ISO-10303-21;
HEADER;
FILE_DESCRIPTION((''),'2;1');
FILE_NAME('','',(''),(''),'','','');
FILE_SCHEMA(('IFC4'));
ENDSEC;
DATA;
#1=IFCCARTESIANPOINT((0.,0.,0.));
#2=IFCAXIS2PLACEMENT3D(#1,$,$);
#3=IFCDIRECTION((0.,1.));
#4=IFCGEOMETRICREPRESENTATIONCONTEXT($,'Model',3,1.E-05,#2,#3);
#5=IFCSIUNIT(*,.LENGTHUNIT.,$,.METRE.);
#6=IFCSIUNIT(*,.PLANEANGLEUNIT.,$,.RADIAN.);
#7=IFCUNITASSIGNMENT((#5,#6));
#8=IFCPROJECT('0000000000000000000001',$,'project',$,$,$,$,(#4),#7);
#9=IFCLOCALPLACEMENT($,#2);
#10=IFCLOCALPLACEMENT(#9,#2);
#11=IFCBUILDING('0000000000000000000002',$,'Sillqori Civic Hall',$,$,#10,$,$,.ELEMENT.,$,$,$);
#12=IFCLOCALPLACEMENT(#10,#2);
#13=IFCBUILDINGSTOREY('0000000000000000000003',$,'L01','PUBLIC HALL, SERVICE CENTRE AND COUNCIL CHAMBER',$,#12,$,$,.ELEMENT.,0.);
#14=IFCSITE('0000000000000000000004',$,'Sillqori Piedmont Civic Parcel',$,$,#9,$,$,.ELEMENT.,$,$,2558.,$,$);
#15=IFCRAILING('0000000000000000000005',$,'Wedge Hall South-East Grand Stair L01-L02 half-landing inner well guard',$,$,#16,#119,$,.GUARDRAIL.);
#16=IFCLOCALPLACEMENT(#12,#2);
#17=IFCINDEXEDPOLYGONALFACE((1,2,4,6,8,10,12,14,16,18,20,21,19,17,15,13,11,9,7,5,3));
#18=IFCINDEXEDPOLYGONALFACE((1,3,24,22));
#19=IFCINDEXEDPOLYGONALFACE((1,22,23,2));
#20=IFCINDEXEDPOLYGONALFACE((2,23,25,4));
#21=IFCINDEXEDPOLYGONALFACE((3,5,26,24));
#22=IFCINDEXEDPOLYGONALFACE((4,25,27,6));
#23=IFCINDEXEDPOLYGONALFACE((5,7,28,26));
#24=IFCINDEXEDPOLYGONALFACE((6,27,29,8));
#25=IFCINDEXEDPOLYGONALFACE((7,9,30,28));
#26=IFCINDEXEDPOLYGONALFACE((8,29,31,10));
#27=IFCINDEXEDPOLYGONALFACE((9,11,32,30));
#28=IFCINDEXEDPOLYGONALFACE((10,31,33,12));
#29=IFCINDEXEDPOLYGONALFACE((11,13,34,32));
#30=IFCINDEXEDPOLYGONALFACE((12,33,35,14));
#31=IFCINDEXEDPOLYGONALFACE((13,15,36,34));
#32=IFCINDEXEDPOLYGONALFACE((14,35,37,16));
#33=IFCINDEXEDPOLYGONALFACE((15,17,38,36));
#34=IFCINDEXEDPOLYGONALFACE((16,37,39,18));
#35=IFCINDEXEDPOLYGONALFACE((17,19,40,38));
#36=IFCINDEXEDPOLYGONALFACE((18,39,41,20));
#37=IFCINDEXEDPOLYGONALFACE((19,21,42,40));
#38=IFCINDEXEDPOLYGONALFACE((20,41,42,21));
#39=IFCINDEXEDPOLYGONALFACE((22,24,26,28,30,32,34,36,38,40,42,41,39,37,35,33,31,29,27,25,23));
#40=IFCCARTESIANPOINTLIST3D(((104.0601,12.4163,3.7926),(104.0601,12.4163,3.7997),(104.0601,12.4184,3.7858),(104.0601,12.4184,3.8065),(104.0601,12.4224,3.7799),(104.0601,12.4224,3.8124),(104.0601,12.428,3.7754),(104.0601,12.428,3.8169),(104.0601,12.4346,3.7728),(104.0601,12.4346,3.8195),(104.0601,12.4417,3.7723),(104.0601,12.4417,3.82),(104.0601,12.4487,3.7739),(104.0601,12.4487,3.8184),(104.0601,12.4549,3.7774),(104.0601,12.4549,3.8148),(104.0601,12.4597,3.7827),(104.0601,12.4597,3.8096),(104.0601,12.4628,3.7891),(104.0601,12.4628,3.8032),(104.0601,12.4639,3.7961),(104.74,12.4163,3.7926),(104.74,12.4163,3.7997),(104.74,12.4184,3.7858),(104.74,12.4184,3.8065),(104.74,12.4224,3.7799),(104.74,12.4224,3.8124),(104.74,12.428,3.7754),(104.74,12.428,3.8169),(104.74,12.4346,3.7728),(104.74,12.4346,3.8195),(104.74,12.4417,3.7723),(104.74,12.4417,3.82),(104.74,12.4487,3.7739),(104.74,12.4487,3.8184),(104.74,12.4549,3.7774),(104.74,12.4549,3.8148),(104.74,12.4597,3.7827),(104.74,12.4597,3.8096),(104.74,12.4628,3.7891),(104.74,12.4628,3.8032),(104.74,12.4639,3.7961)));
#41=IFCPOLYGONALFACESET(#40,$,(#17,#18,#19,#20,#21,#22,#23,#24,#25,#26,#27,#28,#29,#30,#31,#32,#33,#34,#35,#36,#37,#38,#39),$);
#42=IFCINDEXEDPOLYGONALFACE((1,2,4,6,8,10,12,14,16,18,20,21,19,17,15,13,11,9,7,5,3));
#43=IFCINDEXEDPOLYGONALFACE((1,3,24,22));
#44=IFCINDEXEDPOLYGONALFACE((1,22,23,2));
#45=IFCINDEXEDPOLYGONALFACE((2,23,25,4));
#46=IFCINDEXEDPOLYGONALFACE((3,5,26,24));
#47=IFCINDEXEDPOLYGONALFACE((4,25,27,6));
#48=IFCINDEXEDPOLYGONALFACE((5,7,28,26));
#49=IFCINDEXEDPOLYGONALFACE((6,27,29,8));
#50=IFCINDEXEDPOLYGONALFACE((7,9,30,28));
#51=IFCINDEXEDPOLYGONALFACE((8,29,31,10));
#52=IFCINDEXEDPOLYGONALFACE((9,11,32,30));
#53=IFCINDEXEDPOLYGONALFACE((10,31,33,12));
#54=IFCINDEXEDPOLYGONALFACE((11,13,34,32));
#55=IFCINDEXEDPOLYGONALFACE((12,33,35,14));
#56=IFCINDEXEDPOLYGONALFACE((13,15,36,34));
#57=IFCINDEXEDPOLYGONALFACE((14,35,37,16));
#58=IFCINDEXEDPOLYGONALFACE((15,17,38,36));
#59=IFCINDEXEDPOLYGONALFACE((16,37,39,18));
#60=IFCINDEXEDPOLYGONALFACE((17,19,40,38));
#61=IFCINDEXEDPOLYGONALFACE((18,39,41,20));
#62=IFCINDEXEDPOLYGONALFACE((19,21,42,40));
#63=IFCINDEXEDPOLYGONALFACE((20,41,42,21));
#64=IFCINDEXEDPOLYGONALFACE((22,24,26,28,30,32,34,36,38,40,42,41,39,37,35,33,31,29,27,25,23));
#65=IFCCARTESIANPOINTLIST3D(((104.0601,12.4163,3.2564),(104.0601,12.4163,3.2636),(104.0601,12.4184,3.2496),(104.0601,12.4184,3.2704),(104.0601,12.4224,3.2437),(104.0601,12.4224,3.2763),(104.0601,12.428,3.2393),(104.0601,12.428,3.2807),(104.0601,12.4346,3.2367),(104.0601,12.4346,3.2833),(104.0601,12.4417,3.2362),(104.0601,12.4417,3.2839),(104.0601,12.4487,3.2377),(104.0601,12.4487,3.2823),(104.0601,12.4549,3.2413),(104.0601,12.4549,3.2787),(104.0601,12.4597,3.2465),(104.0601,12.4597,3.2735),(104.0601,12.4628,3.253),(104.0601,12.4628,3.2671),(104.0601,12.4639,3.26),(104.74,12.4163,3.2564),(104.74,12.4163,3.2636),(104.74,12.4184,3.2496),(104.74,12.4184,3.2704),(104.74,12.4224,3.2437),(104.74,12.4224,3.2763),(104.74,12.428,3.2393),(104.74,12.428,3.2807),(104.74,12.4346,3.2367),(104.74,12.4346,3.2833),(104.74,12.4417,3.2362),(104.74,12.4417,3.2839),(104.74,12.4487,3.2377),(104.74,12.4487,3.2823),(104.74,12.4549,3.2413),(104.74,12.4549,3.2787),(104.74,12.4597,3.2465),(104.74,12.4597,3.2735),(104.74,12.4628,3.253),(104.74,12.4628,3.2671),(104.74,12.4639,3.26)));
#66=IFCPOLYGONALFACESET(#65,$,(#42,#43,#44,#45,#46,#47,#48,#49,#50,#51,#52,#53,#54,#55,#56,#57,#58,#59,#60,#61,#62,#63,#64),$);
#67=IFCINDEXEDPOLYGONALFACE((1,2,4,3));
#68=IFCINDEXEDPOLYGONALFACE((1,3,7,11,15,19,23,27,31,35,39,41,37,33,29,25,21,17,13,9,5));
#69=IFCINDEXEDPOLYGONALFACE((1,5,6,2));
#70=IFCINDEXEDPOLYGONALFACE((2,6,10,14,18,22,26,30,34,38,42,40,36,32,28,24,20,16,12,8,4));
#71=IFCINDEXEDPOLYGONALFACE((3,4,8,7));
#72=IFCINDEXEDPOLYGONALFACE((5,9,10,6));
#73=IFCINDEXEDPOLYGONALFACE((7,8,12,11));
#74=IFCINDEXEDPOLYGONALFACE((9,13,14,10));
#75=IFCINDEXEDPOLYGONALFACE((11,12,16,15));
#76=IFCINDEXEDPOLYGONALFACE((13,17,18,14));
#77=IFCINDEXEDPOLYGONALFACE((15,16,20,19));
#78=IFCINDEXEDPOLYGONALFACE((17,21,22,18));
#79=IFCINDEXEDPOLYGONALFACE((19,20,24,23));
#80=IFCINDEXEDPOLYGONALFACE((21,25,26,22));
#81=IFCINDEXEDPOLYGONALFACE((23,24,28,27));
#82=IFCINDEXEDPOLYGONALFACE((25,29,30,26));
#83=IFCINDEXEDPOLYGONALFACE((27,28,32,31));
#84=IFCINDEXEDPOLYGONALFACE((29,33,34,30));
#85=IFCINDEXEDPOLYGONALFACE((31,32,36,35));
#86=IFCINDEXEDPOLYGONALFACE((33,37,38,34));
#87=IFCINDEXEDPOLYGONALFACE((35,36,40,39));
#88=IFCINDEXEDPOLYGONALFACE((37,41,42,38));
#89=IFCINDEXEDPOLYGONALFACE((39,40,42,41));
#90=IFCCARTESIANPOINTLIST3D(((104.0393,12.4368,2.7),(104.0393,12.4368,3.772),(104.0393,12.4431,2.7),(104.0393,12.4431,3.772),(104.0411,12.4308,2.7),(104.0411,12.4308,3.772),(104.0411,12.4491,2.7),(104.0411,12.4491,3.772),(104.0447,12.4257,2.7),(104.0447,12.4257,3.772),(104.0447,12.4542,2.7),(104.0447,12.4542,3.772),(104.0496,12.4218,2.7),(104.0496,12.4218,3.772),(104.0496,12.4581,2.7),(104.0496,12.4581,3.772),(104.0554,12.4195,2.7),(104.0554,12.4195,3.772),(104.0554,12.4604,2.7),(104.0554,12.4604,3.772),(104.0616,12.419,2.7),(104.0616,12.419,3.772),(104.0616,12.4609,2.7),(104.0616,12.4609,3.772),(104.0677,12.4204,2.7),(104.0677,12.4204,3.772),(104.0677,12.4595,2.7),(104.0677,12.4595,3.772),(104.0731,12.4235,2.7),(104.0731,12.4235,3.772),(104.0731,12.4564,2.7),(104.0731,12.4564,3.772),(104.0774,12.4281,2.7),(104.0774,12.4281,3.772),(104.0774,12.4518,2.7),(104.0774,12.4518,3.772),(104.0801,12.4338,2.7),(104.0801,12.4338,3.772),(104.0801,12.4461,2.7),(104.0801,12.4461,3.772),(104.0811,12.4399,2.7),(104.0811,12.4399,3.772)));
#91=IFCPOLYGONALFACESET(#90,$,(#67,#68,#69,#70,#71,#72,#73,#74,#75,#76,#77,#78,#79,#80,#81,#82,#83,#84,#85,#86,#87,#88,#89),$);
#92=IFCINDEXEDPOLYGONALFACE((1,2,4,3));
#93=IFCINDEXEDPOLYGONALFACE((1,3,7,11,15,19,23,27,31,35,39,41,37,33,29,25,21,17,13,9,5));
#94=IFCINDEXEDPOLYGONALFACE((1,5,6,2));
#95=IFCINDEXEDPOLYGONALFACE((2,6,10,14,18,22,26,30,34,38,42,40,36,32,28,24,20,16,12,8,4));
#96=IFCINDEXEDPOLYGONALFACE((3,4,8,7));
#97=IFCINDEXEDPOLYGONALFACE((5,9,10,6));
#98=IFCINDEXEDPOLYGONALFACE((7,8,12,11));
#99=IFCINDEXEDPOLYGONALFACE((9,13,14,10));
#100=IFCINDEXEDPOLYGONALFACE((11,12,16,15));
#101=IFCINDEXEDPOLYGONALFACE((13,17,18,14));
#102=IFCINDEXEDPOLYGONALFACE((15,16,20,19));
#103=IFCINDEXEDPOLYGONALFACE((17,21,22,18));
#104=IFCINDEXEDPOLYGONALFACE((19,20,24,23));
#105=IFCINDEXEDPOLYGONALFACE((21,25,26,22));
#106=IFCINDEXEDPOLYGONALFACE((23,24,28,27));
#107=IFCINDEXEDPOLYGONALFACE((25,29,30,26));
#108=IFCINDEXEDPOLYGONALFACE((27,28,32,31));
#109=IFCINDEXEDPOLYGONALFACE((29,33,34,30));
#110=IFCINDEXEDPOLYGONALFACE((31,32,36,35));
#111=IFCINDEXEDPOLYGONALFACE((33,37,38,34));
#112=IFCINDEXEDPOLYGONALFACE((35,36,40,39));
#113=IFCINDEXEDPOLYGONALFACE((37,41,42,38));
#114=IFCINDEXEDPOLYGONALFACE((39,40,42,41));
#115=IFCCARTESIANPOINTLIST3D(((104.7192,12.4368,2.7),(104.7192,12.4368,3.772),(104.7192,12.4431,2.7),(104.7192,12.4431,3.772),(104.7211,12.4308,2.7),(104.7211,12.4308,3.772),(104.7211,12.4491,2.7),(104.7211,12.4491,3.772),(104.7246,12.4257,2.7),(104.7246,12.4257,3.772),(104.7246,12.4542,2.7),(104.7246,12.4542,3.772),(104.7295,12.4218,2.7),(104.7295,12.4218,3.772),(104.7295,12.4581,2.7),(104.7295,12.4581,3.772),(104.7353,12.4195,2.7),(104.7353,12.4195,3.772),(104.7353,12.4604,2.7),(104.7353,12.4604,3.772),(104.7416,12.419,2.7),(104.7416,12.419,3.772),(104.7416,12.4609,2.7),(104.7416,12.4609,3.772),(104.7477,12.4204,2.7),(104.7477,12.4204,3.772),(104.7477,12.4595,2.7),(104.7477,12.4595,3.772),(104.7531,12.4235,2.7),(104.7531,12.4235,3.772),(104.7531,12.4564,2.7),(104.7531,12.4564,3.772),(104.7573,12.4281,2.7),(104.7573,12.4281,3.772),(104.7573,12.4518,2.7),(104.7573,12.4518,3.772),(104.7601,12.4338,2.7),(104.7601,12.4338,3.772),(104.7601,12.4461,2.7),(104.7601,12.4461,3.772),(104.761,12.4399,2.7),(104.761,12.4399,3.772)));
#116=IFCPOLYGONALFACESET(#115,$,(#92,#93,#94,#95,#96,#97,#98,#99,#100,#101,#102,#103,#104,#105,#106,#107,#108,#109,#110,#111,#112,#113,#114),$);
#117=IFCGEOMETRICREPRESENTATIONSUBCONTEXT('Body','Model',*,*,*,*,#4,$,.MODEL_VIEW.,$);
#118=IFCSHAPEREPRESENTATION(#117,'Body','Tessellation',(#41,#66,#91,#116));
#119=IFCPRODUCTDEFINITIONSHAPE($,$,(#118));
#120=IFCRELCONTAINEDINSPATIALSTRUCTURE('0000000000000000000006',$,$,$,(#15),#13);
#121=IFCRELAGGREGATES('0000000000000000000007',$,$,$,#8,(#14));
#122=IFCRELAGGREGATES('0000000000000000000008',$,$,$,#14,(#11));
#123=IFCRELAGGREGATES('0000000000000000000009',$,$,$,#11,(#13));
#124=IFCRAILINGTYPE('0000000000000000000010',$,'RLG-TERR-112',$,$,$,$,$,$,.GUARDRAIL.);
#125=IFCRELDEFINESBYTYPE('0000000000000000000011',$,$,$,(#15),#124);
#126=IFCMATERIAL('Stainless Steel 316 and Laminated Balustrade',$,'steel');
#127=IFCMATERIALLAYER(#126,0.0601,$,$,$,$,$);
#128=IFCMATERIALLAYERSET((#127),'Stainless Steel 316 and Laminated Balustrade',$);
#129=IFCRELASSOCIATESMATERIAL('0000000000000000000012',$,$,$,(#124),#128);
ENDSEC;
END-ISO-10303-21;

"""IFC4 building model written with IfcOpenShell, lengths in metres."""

from ifc_helpers import new_model, si_unit, direction, frame, origin, origin_2d, place, context, subcontext, project, spatial, circle, extrude, material, layer, layer_set, type_object, element, save


model = new_model("IFC4")

# Units and contexts
model_context = context("Model", 3, precision=1e-05, world=origin(), true_north=direction((0.0, 1.0)))
body_context = subcontext(model_context, "Body", "Model", "MODEL_VIEW")
ifc_project = project(units=[si_unit("LENGTHUNIT", "METRE"), si_unit("PLANEANGLEUNIT", "RADIAN")], contexts=[model_context])

# Site, building, storey
site_placement = place(None, origin())
site = spatial("IfcSite", under=ifc_project, at=site_placement, Name="Sillqori Piedmont Civic Parcel", CompositionType="ELEMENT", RefElevation=2558.0)
building_placement = place(site_placement, origin())
building = spatial("IfcBuilding", under=site, at=building_placement, Name="Sillqori Civic Hall", CompositionType="ELEMENT")
storey_placement = place(building_placement, origin())
storey = spatial("IfcBuildingStorey", under=building, at=storey_placement, Name="L01", Description="PUBLIC HALL, SERVICE CENTRE AND COUNCIL CHAMBER", CompositionType="ELEMENT", Elevation=0.0)

# Railing
ifc_material_1 = material(Name="Stainless Steel 316 and Laminated Balustrade", Category="steel")
ifc_layer_1 = layer(ifc_material_1, 0.0601)
ifc_layer_set_1 = layer_set([ifc_layer_1], Name="Stainless Steel 316 and Laminated Balustrade")
railing_type_1 = type_object("IfcRailingType", Name="RLG-TERR-112", PredefinedType="GUARDRAIL", material=ifc_layer_set_1)
railing_1_placement = place(storey_placement, frame((104.0601, 12.4399, 2.7)))
element("IfcRailing", 1, at=railing_1_placement, inside=storey, type_object=railing_type_1, Name="Wedge Hall South-East Grand Stair L01-L02 half-landing inner well guard", PredefinedType="GUARDRAIL", context=body_context, shape_type="SweptSolid", body=[
    extrude(circle(Radius=0.0239, at=origin_2d()), frame((0.0, 0.0, 1.0962), z_axis=(1.0, 0.0, 0.0), x_axis=(0.0, 1.0, 0.0)), (0.0, 0.0, 1.0), 0.6799),
    extrude(circle(Radius=0.0239, at=origin_2d()), frame((0.0, 0.0, 0.5601), z_axis=(1.0, 0.0, 0.0), x_axis=(0.0, 1.0, 0.0)), (0.0, 0.0, 1.0), 0.6799),
    extrude(circle(Radius=0.021, at=origin_2d()), origin(), (0.0, 0.0, 1.0), 1.072),
    extrude(circle(Radius=0.021, at=origin_2d()), frame((0.6799, 0.0, 0.0)), (0.0, 0.0, 1.0), 1.072),
])

save(model, "model.ifc")
